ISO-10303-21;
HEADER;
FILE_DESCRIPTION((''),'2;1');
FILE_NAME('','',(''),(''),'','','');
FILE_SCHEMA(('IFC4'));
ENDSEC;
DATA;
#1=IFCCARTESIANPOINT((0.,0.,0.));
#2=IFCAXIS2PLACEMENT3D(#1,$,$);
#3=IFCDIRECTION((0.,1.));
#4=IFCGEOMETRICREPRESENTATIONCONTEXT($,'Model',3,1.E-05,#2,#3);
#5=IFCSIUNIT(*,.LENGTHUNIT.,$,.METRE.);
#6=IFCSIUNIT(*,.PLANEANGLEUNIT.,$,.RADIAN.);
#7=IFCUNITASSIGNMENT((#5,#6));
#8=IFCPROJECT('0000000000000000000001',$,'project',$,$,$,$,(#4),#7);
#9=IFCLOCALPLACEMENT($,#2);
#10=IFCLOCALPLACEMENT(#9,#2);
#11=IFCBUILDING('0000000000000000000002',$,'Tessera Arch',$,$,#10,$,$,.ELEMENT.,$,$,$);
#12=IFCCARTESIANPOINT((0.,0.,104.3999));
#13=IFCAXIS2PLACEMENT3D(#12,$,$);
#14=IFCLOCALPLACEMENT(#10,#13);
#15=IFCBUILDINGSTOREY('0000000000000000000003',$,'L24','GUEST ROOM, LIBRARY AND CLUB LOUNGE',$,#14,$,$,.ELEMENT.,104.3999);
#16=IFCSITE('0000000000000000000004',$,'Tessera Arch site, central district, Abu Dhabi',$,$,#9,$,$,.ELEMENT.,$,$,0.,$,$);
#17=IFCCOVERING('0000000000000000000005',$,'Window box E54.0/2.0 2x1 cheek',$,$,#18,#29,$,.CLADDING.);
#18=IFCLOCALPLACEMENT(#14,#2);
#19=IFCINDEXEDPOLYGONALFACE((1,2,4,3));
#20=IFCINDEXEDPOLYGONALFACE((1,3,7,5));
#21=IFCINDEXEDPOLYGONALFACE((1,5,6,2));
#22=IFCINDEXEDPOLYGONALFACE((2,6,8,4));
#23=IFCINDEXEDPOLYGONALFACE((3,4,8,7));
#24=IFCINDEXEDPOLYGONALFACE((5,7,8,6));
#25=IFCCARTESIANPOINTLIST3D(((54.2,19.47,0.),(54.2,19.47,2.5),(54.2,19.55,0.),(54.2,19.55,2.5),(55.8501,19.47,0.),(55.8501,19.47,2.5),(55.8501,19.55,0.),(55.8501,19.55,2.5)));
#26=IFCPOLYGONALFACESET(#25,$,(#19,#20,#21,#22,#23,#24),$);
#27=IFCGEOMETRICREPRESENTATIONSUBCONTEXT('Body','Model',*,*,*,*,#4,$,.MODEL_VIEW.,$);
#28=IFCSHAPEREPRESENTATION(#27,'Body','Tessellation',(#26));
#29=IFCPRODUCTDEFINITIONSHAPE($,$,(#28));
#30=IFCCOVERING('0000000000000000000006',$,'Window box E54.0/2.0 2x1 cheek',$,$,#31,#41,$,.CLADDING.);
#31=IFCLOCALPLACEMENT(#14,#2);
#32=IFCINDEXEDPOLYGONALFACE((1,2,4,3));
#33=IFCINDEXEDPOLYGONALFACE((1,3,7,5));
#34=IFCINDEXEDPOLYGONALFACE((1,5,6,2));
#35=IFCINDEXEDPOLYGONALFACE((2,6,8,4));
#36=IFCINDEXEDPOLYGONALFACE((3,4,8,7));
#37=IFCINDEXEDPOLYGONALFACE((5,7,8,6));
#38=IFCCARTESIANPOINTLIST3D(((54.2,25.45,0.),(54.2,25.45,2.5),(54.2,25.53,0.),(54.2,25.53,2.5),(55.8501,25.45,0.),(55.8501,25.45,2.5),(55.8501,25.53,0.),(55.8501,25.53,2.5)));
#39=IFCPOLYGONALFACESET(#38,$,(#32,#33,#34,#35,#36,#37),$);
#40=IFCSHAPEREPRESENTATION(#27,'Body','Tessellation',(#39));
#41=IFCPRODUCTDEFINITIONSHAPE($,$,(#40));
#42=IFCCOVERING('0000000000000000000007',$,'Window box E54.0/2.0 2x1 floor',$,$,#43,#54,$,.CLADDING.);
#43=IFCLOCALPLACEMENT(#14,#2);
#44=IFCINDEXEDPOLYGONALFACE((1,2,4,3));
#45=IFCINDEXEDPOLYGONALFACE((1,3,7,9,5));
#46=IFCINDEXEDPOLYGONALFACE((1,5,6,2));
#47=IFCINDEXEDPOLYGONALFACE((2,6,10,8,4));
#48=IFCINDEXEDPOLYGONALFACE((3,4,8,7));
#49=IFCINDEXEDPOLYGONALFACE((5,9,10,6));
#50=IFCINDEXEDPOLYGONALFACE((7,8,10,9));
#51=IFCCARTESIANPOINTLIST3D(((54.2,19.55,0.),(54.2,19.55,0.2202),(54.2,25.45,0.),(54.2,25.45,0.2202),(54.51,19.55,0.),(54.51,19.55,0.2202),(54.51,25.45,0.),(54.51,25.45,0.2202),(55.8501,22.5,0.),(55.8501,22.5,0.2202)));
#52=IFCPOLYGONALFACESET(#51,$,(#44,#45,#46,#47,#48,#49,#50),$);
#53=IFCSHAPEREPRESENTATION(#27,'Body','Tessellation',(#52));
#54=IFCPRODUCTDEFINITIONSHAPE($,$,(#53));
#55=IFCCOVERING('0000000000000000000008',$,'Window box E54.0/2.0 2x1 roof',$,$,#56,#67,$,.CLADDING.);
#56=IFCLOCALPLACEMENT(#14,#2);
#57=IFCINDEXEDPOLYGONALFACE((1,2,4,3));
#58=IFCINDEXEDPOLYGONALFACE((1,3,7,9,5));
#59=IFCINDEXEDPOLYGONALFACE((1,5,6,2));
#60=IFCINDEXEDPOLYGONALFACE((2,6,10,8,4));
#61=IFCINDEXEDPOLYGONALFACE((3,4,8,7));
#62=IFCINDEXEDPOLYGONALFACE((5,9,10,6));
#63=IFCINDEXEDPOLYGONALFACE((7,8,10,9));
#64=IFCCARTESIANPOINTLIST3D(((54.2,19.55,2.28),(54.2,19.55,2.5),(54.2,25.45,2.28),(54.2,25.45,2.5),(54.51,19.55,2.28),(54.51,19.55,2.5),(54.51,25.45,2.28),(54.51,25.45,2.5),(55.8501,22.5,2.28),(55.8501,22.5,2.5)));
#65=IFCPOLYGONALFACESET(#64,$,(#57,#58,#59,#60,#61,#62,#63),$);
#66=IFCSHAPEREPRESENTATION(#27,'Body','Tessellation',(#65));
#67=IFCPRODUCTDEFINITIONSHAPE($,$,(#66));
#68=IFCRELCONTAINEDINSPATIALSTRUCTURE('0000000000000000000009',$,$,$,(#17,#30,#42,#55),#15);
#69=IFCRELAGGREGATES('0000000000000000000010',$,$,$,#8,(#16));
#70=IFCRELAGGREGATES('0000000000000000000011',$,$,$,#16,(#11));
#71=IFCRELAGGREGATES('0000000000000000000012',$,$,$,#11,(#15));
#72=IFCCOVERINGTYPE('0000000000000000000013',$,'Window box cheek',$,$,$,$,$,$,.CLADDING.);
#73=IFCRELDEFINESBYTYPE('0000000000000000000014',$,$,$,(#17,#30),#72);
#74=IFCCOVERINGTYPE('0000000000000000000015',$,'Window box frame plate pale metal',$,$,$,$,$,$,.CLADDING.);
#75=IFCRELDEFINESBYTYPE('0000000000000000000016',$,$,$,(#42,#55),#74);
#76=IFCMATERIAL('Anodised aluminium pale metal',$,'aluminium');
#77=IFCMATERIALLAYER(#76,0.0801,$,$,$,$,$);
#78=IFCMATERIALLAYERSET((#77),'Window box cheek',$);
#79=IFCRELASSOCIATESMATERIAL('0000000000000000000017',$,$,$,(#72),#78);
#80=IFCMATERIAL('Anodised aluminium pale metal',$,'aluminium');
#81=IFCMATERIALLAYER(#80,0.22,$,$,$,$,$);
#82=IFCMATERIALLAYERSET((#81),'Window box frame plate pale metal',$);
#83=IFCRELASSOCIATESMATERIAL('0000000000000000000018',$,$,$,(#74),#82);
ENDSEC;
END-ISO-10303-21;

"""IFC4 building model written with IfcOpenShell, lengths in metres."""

from ifc_helpers import new_model, si_unit, direction, frame, origin, place, context, subcontext, project, spatial, polyline, outline, extrude, material, layer, layer_set, type_object, element, save


model = new_model("IFC4")

# Units and contexts
model_context = context("Model", 3, precision=1e-05, world=origin(), true_north=direction((0.0, 1.0)))
body_context = subcontext(model_context, "Body", "Model", "MODEL_VIEW")
ifc_project = project(units=[si_unit("LENGTHUNIT", "METRE"), si_unit("PLANEANGLEUNIT", "RADIAN")], contexts=[model_context])

# Site, building, storey
site_placement = place(None, origin())
site = spatial("IfcSite", under=ifc_project, at=site_placement, Name="Tessera Arch site, central district, Abu Dhabi", CompositionType="ELEMENT", RefElevation=0.0)
building_placement = place(site_placement, origin())
building = spatial("IfcBuilding", under=site, at=building_placement, Name="Tessera Arch", CompositionType="ELEMENT")
storey_placement = place(building_placement, frame((0.0, 0.0, 104.3999)))
storey = spatial("IfcBuildingStorey", under=building, at=storey_placement, Name="L24", Description="GUEST ROOM, LIBRARY AND CLUB LOUNGE", CompositionType="ELEMENT", Elevation=104.3999)

# Coverings
ifc_material_1 = material(Name="Anodised aluminium pale metal", Category="aluminium")
ifc_layer_1 = layer(ifc_material_1, 0.0801)
ifc_layer_set_1 = layer_set([ifc_layer_1], Name="Window box cheek")
covering_type_1 = type_object("IfcCoveringType", Name="Window box cheek", PredefinedType="CLADDING", material=ifc_layer_set_1)
covering_1_placement = place(storey_placement, origin())
element("IfcCovering", 1, at=covering_1_placement, inside=storey, type_object=covering_type_1, Name="Window box E54.0/2.0 2x1 cheek", PredefinedType="CLADDING", context=body_context, shape_type="SweptSolid", body=[
    extrude(outline(polyline([(55.8501, 19.47), (55.8501, 19.55), (54.2, 19.55), (54.2, 19.47), (55.8501, 19.47)])), origin(), (0.0, 0.0, 1.0), 2.5),
])
covering_2_placement = place(storey_placement, origin())
element("IfcCovering", 2, at=covering_2_placement, inside=storey, type_object=covering_type_1, Name="Window box E54.0/2.0 2x1 cheek", PredefinedType="CLADDING", context=body_context, shape_type="SweptSolid", body=[
    extrude(outline(polyline([(55.8501, 25.45), (55.8501, 25.53), (54.2, 25.53), (54.2, 25.45), (55.8501, 25.45)])), origin(), (0.0, 0.0, 1.0), 2.5),
])
ifc_material_2 = material(Name="Anodised aluminium pale metal", Category="aluminium")
ifc_layer_2 = layer(ifc_material_2, 0.22)
ifc_layer_set_2 = layer_set([ifc_layer_2], Name="Window box frame plate pale metal")
covering_type_2 = type_object("IfcCoveringType", Name="Window box frame plate pale metal", PredefinedType="CLADDING", material=ifc_layer_set_2)
covering_3_placement = place(storey_placement, origin())
element("IfcCovering", 3, at=covering_3_placement, inside=storey, type_object=covering_type_2, Name="Window box E54.0/2.0 2x1 floor", PredefinedType="CLADDING", context=body_context, shape_type="SweptSolid", body=[
    extrude(outline(polyline([(54.51, 19.55), (55.8501, 22.5), (54.51, 25.45), (54.2, 25.45), (54.2, 19.55), (54.51, 19.55)])), origin(), (0.0, 0.0, 1.0), 0.2202),
])
covering_4_placement = place(storey_placement, frame((0.0, 0.0, 2.28)))
element("IfcCovering", 4, at=covering_4_placement, inside=storey, type_object=covering_type_2, Name="Window box E54.0/2.0 2x1 roof", PredefinedType="CLADDING", context=body_context, shape_type="SweptSolid", body=[
    extrude(outline(polyline([(54.51, 19.55), (55.8501, 22.5), (54.51, 25.45), (54.2, 25.45), (54.2, 19.55), (54.51, 19.55)])), origin(), (0.0, 0.0, 1.0), 0.22),
])

save(model, "model.ifc")
